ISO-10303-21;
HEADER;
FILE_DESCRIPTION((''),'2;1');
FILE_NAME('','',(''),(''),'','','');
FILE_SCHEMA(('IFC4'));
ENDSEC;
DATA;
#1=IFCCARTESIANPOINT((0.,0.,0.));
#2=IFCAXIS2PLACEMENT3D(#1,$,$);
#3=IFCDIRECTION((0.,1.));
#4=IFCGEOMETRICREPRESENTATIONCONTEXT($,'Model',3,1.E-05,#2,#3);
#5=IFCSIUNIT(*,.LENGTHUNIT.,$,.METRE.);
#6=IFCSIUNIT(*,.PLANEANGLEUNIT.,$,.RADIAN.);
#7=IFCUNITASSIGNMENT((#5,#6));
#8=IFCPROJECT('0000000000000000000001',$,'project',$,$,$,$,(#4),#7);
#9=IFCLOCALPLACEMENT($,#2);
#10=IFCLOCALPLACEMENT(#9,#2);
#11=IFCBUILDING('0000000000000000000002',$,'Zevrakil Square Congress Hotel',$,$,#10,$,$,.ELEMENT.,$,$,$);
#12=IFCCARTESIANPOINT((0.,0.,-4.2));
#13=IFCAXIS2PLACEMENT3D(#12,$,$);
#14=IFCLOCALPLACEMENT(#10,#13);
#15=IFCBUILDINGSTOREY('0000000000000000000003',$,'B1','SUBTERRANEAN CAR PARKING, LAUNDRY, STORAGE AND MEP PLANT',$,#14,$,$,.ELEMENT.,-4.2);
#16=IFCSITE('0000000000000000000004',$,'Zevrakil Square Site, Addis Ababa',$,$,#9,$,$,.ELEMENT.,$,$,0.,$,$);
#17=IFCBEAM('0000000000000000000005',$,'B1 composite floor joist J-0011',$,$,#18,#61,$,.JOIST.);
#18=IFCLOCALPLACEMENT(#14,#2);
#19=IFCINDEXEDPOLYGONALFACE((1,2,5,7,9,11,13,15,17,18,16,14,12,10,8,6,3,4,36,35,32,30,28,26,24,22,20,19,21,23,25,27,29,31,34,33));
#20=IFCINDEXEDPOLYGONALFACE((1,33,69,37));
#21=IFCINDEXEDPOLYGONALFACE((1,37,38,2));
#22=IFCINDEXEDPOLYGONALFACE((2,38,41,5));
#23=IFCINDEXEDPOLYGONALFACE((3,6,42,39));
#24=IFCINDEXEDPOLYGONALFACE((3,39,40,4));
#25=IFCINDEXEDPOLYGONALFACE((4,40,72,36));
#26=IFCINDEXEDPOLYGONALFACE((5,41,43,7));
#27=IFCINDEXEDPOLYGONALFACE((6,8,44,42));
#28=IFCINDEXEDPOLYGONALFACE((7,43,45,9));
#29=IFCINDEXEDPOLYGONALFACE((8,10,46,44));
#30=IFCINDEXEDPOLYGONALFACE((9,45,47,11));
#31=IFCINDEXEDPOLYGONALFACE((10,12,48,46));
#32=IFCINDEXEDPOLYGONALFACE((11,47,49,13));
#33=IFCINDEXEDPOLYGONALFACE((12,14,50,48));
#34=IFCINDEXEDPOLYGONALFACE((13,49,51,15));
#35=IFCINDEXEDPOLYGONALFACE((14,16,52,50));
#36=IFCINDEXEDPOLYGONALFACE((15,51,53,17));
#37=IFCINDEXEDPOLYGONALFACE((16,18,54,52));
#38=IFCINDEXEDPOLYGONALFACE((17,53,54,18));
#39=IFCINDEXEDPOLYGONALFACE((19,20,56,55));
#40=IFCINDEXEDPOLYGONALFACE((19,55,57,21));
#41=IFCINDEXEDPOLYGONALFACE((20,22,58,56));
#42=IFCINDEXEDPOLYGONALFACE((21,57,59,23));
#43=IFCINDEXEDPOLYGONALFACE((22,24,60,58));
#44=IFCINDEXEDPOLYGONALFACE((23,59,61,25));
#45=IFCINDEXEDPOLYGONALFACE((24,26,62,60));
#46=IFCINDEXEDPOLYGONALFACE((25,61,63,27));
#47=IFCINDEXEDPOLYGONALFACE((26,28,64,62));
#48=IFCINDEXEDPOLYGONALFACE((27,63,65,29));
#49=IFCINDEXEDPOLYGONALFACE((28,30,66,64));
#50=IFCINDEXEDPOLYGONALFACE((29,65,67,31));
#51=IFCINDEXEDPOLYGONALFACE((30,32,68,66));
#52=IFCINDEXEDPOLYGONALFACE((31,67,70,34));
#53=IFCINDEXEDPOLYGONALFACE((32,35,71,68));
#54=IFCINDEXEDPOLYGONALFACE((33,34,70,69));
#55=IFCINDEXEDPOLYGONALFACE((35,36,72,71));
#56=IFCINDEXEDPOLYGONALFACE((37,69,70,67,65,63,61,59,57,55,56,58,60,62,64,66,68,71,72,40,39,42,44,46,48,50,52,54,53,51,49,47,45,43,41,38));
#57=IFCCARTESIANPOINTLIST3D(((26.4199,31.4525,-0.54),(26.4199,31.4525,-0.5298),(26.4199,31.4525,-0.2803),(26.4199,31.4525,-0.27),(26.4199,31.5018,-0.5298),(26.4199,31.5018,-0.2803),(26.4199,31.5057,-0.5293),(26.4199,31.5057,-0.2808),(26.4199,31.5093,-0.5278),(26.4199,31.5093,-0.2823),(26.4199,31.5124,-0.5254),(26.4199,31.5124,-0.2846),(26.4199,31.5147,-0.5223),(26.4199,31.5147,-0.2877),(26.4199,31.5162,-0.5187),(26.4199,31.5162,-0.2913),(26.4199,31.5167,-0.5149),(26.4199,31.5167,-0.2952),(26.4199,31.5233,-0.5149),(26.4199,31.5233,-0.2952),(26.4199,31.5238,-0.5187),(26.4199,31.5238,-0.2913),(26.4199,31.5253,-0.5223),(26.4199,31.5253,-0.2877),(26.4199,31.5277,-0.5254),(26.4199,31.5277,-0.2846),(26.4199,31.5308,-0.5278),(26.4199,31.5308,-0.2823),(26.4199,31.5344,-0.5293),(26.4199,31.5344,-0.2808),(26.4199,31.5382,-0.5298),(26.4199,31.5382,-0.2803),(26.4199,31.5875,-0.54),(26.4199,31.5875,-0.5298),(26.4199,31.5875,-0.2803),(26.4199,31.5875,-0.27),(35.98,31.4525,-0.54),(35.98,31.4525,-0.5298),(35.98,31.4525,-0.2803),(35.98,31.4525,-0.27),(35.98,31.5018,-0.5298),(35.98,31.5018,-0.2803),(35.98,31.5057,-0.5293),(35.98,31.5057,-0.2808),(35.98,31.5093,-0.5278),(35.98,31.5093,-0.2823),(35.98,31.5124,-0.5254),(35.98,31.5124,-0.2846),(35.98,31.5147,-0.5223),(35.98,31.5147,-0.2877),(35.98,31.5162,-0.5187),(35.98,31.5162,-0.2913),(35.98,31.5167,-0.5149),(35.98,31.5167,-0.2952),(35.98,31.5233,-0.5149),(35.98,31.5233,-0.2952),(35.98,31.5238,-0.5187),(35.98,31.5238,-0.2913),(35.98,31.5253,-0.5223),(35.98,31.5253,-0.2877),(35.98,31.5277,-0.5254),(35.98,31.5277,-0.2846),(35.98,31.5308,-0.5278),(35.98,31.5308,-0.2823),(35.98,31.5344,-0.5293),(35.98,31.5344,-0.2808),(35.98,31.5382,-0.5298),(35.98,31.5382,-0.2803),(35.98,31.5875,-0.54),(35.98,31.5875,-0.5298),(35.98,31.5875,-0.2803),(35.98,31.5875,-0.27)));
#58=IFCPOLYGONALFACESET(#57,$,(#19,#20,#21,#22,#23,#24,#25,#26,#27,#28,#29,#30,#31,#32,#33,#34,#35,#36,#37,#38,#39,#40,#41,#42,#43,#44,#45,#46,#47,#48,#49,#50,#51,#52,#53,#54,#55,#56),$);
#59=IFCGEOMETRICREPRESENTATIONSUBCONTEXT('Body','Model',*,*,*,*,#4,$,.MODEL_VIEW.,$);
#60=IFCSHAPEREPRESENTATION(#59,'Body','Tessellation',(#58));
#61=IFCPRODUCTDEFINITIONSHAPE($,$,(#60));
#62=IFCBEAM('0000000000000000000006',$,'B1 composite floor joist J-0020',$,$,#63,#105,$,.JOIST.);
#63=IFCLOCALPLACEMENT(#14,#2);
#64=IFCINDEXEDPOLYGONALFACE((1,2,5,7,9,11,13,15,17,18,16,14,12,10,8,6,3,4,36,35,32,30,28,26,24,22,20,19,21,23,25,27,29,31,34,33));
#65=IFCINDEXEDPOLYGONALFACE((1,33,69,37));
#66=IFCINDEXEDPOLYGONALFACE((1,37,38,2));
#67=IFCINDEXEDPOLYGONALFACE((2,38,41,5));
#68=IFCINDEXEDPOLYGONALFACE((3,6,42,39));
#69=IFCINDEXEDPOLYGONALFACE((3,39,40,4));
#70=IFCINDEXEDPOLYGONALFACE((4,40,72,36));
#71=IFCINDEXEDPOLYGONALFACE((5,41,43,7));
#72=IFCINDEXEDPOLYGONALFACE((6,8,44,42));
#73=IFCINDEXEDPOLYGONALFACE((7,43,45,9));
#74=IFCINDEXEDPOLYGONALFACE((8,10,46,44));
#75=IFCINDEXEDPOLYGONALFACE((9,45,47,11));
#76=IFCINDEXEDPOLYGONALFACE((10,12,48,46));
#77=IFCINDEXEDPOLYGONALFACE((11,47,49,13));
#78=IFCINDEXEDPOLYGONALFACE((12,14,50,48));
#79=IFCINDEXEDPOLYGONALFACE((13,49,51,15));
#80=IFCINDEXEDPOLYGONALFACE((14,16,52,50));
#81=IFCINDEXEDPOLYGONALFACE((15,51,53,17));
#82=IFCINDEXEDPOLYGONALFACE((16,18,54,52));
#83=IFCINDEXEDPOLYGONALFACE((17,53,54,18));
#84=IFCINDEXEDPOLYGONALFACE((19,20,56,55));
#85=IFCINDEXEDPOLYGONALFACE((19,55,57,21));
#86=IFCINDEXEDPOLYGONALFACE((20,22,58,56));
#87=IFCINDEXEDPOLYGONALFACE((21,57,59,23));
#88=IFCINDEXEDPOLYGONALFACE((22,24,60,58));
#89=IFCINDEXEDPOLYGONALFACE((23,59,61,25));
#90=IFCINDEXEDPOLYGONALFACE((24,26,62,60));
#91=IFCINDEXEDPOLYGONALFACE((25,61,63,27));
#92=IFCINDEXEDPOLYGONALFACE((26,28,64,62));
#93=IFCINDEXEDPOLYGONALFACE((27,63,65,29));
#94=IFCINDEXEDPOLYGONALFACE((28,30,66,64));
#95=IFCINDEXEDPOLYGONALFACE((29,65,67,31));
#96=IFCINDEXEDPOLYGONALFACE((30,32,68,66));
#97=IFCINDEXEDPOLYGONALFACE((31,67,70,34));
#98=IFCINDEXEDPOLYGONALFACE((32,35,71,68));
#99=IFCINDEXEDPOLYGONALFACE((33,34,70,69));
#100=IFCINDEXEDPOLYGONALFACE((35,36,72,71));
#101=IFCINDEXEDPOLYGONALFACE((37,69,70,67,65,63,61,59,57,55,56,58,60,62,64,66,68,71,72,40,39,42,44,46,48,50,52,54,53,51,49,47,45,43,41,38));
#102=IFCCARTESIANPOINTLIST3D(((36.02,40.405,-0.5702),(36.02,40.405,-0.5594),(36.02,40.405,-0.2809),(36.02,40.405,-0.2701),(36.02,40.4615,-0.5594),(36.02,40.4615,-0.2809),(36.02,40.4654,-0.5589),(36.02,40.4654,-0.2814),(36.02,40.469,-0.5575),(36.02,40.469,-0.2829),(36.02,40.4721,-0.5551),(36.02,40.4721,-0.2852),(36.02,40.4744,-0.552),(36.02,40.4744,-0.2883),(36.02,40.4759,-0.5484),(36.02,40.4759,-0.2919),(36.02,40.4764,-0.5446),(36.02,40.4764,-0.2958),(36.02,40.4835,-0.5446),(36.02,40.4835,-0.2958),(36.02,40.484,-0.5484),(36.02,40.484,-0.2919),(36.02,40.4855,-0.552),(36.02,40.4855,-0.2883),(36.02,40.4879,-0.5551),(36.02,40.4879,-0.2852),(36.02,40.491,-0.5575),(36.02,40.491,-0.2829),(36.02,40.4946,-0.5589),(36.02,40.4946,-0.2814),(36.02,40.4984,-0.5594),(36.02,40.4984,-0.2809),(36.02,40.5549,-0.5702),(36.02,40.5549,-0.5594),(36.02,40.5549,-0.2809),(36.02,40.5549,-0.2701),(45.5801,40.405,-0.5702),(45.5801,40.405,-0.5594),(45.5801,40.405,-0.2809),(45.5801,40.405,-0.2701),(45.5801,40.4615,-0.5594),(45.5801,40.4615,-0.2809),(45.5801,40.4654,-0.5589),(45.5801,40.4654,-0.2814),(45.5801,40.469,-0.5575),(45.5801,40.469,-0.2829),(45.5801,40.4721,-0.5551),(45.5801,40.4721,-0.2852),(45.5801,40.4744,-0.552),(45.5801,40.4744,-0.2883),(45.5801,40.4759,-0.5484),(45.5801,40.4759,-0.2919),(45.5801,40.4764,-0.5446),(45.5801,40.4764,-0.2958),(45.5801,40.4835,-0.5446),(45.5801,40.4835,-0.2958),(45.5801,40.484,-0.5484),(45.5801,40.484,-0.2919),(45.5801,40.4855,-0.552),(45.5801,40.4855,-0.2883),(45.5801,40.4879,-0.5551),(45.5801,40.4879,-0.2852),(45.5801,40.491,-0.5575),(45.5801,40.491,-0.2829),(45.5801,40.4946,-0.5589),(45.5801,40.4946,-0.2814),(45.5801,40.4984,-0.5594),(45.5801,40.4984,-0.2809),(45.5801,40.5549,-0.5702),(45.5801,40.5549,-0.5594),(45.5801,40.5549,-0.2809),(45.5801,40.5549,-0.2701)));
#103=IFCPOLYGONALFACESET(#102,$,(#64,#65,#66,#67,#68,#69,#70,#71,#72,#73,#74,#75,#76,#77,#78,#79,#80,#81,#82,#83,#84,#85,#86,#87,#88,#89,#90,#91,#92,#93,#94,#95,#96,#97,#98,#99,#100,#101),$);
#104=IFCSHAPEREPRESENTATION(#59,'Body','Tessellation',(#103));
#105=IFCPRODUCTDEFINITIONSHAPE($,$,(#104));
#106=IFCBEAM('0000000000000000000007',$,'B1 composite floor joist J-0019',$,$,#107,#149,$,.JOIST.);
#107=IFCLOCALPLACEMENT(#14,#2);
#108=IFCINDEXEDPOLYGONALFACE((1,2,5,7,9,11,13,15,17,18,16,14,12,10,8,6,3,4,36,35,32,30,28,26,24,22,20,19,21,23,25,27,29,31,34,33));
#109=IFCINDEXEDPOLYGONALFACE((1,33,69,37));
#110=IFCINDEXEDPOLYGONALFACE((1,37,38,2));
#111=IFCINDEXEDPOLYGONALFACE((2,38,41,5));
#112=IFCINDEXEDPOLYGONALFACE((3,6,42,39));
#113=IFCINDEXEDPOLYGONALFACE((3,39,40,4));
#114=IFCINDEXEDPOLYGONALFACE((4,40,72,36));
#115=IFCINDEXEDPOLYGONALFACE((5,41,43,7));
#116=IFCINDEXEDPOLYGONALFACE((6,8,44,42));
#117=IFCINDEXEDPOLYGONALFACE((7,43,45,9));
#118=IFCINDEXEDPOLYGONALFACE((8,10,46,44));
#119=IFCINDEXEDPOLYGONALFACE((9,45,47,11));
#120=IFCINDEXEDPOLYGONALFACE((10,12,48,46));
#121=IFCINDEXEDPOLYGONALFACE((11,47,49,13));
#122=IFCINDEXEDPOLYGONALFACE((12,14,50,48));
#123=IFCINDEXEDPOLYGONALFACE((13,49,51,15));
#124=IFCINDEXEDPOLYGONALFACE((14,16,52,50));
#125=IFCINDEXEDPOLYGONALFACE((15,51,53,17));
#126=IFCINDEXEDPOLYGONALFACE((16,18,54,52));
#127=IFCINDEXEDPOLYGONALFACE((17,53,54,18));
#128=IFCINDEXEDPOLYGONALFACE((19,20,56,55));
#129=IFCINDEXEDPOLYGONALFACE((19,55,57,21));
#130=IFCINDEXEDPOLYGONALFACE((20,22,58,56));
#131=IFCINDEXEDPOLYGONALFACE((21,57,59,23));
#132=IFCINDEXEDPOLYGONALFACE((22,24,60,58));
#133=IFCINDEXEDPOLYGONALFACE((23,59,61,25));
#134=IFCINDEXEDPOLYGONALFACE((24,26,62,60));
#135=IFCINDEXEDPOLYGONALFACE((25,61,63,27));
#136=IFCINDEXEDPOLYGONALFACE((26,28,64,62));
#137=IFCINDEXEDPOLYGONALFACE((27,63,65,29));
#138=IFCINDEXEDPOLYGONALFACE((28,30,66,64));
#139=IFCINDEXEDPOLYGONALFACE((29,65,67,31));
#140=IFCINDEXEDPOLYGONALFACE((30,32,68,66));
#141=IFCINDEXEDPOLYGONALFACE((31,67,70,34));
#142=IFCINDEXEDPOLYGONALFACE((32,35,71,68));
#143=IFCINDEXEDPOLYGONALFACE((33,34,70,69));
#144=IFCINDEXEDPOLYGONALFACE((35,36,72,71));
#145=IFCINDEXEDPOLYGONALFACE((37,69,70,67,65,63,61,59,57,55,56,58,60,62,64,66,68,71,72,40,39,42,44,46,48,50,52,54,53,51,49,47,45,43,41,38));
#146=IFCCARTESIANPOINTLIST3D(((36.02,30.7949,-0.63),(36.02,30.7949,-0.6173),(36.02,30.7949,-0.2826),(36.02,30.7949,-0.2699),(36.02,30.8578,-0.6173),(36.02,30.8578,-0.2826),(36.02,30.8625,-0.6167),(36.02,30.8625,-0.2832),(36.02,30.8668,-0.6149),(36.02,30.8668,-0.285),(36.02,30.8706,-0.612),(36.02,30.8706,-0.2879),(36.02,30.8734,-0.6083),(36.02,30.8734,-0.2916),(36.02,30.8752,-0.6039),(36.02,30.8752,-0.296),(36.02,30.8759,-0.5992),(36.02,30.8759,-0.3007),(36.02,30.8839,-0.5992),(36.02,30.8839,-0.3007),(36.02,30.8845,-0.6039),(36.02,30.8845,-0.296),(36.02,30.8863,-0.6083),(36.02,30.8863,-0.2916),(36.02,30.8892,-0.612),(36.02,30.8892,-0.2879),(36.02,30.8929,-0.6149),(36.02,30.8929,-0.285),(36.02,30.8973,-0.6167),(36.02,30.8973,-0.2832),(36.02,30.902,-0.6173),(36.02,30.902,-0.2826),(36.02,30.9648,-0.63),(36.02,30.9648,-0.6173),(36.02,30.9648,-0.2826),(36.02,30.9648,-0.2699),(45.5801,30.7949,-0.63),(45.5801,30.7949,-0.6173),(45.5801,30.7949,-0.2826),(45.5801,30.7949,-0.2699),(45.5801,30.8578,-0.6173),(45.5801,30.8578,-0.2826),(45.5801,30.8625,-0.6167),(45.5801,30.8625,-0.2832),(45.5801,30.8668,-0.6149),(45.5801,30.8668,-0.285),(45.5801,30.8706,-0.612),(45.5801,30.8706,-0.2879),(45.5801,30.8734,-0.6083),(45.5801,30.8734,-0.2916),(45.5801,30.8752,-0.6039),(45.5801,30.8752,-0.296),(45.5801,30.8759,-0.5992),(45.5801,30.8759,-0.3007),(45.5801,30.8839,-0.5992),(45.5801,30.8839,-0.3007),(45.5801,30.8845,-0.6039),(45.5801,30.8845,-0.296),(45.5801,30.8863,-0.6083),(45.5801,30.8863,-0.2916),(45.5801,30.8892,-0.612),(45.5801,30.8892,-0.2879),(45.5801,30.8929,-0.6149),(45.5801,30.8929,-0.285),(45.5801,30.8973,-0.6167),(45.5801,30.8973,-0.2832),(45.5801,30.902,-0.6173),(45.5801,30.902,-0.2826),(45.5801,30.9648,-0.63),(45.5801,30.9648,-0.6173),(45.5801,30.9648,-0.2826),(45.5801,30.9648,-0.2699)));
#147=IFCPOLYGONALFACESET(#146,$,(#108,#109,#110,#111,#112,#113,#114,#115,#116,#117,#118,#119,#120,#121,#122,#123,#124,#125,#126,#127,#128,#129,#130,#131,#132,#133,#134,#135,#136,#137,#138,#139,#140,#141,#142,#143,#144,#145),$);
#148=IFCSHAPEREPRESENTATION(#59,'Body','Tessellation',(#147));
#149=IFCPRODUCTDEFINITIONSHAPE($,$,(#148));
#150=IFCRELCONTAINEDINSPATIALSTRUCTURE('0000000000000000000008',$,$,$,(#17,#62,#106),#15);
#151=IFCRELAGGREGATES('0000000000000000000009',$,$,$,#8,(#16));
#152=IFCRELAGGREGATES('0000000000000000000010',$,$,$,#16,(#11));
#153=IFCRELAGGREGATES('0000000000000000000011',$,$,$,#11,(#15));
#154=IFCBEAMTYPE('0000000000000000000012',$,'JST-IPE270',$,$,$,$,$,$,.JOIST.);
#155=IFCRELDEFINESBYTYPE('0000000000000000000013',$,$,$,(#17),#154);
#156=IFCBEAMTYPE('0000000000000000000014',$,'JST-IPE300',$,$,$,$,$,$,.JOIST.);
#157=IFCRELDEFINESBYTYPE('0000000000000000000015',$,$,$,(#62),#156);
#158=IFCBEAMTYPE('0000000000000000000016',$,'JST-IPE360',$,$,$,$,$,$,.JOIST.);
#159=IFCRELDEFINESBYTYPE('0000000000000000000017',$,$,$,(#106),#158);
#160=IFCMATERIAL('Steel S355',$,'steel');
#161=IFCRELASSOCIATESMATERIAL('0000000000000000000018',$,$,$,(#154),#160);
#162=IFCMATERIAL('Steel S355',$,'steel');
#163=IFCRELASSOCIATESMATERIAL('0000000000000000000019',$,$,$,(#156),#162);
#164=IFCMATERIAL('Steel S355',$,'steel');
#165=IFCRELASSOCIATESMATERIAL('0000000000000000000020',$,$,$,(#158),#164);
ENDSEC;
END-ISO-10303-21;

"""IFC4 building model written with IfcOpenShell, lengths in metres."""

from ifc_helpers import new_model, si_unit, direction, frame, origin, origin_2d, place, context, subcontext, project, spatial, i_section, extrude, material, material_profile, profile_set, type_object, element, save


model = new_model("IFC4")

# Units and contexts
model_context = context("Model", 3, precision=1e-05, world=origin(), true_north=direction((0.0, 1.0)))
body_context = subcontext(model_context, "Body", "Model", "MODEL_VIEW")
ifc_project = project(units=[si_unit("LENGTHUNIT", "METRE"), si_unit("PLANEANGLEUNIT", "RADIAN")], contexts=[model_context])

# Site, building, storey
site_placement = place(None, origin())
site = spatial("IfcSite", under=ifc_project, at=site_placement, Name="Zevrakil Square Site, Addis Ababa", CompositionType="ELEMENT", RefElevation=0.0)
building_placement = place(site_placement, origin())
building = spatial("IfcBuilding", under=site, at=building_placement, Name="Zevrakil Square Congress Hotel", CompositionType="ELEMENT")
storey_placement = place(building_placement, frame((0.0, 0.0, -4.2)))
storey = spatial("IfcBuildingStorey", under=building, at=storey_placement, Name="B1", Description="SUBTERRANEAN CAR PARKING, LAUNDRY, STORAGE AND MEP PLANT", CompositionType="ELEMENT", Elevation=-4.2)

# Beams
ifc_material_1 = material(Name="Steel S355", Category="steel")
ifc_material_profile_1 = material_profile(ifc_material_1, i_section(OverallWidth=0.135, OverallDepth=0.27, WebThickness=0.0066, FlangeThickness=0.0103, FilletRadius=0.0149, at=origin_2d()), Name="IPE 270")
ifc_profile_set_1 = profile_set([ifc_material_profile_1], Name="Steel S355")
beam_type_1 = type_object("IfcBeamType", Name="JST-IPE270", PredefinedType="JOIST", material=ifc_profile_set_1)
beam_1_placement = place(storey_placement, frame((26.4199, 31.52, -0.405), z_axis=(1.0, 0.0, 0.0), x_axis=(0.0, 1.0, 0.0)))
element("IfcBeam", 1, at=beam_1_placement, inside=storey, type_object=beam_type_1, Name="B1 composite floor joist J-0011", PredefinedType="JOIST", context=body_context, shape_type="SweptSolid", body=[
    extrude(i_section(OverallWidth=0.135, OverallDepth=0.27, WebThickness=0.0066, FlangeThickness=0.0103, FilletRadius=0.0149, at=origin_2d()), origin(), (0.0, 0.0, 1.0), 9.5601),
])
ifc_material_2 = material(Name="Steel S355", Category="steel")
ifc_material_profile_2 = material_profile(ifc_material_2, i_section(OverallWidth=0.1499, OverallDepth=0.3, WebThickness=0.0071, FlangeThickness=0.0107, FilletRadius=0.0149, at=origin_2d()), Name="IPE 300")
ifc_profile_set_2 = profile_set([ifc_material_profile_2], Name="Steel S355")
beam_type_2 = type_object("IfcBeamType", Name="JST-IPE300", PredefinedType="JOIST", material=ifc_profile_set_2)
beam_2_placement = place(storey_placement, frame((36.02, 40.48, -0.4202), z_axis=(1.0, 0.0, 0.0), x_axis=(0.0, 1.0, 0.0)))
element("IfcBeam", 2, at=beam_2_placement, inside=storey, type_object=beam_type_2, Name="B1 composite floor joist J-0020", PredefinedType="JOIST", context=body_context, shape_type="SweptSolid", body=[
    extrude(i_section(OverallWidth=0.1499, OverallDepth=0.3, WebThickness=0.0071, FlangeThickness=0.0107, FilletRadius=0.0149, at=origin_2d()), origin(), (0.0, 0.0, 1.0), 9.5601),
])
ifc_material_3 = material(Name="Steel S355", Category="steel")
ifc_material_profile_3 = material_profile(ifc_material_3, i_section(OverallWidth=0.1699, OverallDepth=0.3601, WebThickness=0.0081, FlangeThickness=0.0127, FilletRadius=0.0181, at=origin_2d()), Name="IPE 360")
ifc_profile_set_3 = profile_set([ifc_material_profile_3], Name="Steel S355")
beam_type_3 = type_object("IfcBeamType", Name="JST-IPE360", PredefinedType="JOIST", material=ifc_profile_set_3)
beam_3_placement = place(storey_placement, frame((36.02, 30.8799, -0.45), z_axis=(1.0, 0.0, 0.0), x_axis=(0.0, 1.0, 0.0)))
element("IfcBeam", 3, at=beam_3_placement, inside=storey, type_object=beam_type_3, Name="B1 composite floor joist J-0019", PredefinedType="JOIST", context=body_context, shape_type="SweptSolid", body=[
    extrude(i_section(OverallWidth=0.1699, OverallDepth=0.3601, WebThickness=0.0081, FlangeThickness=0.0127, FilletRadius=0.0181, at=origin_2d()), origin(), (0.0, 0.0, 1.0), 9.5601),
])

save(model, "model.ifc")
